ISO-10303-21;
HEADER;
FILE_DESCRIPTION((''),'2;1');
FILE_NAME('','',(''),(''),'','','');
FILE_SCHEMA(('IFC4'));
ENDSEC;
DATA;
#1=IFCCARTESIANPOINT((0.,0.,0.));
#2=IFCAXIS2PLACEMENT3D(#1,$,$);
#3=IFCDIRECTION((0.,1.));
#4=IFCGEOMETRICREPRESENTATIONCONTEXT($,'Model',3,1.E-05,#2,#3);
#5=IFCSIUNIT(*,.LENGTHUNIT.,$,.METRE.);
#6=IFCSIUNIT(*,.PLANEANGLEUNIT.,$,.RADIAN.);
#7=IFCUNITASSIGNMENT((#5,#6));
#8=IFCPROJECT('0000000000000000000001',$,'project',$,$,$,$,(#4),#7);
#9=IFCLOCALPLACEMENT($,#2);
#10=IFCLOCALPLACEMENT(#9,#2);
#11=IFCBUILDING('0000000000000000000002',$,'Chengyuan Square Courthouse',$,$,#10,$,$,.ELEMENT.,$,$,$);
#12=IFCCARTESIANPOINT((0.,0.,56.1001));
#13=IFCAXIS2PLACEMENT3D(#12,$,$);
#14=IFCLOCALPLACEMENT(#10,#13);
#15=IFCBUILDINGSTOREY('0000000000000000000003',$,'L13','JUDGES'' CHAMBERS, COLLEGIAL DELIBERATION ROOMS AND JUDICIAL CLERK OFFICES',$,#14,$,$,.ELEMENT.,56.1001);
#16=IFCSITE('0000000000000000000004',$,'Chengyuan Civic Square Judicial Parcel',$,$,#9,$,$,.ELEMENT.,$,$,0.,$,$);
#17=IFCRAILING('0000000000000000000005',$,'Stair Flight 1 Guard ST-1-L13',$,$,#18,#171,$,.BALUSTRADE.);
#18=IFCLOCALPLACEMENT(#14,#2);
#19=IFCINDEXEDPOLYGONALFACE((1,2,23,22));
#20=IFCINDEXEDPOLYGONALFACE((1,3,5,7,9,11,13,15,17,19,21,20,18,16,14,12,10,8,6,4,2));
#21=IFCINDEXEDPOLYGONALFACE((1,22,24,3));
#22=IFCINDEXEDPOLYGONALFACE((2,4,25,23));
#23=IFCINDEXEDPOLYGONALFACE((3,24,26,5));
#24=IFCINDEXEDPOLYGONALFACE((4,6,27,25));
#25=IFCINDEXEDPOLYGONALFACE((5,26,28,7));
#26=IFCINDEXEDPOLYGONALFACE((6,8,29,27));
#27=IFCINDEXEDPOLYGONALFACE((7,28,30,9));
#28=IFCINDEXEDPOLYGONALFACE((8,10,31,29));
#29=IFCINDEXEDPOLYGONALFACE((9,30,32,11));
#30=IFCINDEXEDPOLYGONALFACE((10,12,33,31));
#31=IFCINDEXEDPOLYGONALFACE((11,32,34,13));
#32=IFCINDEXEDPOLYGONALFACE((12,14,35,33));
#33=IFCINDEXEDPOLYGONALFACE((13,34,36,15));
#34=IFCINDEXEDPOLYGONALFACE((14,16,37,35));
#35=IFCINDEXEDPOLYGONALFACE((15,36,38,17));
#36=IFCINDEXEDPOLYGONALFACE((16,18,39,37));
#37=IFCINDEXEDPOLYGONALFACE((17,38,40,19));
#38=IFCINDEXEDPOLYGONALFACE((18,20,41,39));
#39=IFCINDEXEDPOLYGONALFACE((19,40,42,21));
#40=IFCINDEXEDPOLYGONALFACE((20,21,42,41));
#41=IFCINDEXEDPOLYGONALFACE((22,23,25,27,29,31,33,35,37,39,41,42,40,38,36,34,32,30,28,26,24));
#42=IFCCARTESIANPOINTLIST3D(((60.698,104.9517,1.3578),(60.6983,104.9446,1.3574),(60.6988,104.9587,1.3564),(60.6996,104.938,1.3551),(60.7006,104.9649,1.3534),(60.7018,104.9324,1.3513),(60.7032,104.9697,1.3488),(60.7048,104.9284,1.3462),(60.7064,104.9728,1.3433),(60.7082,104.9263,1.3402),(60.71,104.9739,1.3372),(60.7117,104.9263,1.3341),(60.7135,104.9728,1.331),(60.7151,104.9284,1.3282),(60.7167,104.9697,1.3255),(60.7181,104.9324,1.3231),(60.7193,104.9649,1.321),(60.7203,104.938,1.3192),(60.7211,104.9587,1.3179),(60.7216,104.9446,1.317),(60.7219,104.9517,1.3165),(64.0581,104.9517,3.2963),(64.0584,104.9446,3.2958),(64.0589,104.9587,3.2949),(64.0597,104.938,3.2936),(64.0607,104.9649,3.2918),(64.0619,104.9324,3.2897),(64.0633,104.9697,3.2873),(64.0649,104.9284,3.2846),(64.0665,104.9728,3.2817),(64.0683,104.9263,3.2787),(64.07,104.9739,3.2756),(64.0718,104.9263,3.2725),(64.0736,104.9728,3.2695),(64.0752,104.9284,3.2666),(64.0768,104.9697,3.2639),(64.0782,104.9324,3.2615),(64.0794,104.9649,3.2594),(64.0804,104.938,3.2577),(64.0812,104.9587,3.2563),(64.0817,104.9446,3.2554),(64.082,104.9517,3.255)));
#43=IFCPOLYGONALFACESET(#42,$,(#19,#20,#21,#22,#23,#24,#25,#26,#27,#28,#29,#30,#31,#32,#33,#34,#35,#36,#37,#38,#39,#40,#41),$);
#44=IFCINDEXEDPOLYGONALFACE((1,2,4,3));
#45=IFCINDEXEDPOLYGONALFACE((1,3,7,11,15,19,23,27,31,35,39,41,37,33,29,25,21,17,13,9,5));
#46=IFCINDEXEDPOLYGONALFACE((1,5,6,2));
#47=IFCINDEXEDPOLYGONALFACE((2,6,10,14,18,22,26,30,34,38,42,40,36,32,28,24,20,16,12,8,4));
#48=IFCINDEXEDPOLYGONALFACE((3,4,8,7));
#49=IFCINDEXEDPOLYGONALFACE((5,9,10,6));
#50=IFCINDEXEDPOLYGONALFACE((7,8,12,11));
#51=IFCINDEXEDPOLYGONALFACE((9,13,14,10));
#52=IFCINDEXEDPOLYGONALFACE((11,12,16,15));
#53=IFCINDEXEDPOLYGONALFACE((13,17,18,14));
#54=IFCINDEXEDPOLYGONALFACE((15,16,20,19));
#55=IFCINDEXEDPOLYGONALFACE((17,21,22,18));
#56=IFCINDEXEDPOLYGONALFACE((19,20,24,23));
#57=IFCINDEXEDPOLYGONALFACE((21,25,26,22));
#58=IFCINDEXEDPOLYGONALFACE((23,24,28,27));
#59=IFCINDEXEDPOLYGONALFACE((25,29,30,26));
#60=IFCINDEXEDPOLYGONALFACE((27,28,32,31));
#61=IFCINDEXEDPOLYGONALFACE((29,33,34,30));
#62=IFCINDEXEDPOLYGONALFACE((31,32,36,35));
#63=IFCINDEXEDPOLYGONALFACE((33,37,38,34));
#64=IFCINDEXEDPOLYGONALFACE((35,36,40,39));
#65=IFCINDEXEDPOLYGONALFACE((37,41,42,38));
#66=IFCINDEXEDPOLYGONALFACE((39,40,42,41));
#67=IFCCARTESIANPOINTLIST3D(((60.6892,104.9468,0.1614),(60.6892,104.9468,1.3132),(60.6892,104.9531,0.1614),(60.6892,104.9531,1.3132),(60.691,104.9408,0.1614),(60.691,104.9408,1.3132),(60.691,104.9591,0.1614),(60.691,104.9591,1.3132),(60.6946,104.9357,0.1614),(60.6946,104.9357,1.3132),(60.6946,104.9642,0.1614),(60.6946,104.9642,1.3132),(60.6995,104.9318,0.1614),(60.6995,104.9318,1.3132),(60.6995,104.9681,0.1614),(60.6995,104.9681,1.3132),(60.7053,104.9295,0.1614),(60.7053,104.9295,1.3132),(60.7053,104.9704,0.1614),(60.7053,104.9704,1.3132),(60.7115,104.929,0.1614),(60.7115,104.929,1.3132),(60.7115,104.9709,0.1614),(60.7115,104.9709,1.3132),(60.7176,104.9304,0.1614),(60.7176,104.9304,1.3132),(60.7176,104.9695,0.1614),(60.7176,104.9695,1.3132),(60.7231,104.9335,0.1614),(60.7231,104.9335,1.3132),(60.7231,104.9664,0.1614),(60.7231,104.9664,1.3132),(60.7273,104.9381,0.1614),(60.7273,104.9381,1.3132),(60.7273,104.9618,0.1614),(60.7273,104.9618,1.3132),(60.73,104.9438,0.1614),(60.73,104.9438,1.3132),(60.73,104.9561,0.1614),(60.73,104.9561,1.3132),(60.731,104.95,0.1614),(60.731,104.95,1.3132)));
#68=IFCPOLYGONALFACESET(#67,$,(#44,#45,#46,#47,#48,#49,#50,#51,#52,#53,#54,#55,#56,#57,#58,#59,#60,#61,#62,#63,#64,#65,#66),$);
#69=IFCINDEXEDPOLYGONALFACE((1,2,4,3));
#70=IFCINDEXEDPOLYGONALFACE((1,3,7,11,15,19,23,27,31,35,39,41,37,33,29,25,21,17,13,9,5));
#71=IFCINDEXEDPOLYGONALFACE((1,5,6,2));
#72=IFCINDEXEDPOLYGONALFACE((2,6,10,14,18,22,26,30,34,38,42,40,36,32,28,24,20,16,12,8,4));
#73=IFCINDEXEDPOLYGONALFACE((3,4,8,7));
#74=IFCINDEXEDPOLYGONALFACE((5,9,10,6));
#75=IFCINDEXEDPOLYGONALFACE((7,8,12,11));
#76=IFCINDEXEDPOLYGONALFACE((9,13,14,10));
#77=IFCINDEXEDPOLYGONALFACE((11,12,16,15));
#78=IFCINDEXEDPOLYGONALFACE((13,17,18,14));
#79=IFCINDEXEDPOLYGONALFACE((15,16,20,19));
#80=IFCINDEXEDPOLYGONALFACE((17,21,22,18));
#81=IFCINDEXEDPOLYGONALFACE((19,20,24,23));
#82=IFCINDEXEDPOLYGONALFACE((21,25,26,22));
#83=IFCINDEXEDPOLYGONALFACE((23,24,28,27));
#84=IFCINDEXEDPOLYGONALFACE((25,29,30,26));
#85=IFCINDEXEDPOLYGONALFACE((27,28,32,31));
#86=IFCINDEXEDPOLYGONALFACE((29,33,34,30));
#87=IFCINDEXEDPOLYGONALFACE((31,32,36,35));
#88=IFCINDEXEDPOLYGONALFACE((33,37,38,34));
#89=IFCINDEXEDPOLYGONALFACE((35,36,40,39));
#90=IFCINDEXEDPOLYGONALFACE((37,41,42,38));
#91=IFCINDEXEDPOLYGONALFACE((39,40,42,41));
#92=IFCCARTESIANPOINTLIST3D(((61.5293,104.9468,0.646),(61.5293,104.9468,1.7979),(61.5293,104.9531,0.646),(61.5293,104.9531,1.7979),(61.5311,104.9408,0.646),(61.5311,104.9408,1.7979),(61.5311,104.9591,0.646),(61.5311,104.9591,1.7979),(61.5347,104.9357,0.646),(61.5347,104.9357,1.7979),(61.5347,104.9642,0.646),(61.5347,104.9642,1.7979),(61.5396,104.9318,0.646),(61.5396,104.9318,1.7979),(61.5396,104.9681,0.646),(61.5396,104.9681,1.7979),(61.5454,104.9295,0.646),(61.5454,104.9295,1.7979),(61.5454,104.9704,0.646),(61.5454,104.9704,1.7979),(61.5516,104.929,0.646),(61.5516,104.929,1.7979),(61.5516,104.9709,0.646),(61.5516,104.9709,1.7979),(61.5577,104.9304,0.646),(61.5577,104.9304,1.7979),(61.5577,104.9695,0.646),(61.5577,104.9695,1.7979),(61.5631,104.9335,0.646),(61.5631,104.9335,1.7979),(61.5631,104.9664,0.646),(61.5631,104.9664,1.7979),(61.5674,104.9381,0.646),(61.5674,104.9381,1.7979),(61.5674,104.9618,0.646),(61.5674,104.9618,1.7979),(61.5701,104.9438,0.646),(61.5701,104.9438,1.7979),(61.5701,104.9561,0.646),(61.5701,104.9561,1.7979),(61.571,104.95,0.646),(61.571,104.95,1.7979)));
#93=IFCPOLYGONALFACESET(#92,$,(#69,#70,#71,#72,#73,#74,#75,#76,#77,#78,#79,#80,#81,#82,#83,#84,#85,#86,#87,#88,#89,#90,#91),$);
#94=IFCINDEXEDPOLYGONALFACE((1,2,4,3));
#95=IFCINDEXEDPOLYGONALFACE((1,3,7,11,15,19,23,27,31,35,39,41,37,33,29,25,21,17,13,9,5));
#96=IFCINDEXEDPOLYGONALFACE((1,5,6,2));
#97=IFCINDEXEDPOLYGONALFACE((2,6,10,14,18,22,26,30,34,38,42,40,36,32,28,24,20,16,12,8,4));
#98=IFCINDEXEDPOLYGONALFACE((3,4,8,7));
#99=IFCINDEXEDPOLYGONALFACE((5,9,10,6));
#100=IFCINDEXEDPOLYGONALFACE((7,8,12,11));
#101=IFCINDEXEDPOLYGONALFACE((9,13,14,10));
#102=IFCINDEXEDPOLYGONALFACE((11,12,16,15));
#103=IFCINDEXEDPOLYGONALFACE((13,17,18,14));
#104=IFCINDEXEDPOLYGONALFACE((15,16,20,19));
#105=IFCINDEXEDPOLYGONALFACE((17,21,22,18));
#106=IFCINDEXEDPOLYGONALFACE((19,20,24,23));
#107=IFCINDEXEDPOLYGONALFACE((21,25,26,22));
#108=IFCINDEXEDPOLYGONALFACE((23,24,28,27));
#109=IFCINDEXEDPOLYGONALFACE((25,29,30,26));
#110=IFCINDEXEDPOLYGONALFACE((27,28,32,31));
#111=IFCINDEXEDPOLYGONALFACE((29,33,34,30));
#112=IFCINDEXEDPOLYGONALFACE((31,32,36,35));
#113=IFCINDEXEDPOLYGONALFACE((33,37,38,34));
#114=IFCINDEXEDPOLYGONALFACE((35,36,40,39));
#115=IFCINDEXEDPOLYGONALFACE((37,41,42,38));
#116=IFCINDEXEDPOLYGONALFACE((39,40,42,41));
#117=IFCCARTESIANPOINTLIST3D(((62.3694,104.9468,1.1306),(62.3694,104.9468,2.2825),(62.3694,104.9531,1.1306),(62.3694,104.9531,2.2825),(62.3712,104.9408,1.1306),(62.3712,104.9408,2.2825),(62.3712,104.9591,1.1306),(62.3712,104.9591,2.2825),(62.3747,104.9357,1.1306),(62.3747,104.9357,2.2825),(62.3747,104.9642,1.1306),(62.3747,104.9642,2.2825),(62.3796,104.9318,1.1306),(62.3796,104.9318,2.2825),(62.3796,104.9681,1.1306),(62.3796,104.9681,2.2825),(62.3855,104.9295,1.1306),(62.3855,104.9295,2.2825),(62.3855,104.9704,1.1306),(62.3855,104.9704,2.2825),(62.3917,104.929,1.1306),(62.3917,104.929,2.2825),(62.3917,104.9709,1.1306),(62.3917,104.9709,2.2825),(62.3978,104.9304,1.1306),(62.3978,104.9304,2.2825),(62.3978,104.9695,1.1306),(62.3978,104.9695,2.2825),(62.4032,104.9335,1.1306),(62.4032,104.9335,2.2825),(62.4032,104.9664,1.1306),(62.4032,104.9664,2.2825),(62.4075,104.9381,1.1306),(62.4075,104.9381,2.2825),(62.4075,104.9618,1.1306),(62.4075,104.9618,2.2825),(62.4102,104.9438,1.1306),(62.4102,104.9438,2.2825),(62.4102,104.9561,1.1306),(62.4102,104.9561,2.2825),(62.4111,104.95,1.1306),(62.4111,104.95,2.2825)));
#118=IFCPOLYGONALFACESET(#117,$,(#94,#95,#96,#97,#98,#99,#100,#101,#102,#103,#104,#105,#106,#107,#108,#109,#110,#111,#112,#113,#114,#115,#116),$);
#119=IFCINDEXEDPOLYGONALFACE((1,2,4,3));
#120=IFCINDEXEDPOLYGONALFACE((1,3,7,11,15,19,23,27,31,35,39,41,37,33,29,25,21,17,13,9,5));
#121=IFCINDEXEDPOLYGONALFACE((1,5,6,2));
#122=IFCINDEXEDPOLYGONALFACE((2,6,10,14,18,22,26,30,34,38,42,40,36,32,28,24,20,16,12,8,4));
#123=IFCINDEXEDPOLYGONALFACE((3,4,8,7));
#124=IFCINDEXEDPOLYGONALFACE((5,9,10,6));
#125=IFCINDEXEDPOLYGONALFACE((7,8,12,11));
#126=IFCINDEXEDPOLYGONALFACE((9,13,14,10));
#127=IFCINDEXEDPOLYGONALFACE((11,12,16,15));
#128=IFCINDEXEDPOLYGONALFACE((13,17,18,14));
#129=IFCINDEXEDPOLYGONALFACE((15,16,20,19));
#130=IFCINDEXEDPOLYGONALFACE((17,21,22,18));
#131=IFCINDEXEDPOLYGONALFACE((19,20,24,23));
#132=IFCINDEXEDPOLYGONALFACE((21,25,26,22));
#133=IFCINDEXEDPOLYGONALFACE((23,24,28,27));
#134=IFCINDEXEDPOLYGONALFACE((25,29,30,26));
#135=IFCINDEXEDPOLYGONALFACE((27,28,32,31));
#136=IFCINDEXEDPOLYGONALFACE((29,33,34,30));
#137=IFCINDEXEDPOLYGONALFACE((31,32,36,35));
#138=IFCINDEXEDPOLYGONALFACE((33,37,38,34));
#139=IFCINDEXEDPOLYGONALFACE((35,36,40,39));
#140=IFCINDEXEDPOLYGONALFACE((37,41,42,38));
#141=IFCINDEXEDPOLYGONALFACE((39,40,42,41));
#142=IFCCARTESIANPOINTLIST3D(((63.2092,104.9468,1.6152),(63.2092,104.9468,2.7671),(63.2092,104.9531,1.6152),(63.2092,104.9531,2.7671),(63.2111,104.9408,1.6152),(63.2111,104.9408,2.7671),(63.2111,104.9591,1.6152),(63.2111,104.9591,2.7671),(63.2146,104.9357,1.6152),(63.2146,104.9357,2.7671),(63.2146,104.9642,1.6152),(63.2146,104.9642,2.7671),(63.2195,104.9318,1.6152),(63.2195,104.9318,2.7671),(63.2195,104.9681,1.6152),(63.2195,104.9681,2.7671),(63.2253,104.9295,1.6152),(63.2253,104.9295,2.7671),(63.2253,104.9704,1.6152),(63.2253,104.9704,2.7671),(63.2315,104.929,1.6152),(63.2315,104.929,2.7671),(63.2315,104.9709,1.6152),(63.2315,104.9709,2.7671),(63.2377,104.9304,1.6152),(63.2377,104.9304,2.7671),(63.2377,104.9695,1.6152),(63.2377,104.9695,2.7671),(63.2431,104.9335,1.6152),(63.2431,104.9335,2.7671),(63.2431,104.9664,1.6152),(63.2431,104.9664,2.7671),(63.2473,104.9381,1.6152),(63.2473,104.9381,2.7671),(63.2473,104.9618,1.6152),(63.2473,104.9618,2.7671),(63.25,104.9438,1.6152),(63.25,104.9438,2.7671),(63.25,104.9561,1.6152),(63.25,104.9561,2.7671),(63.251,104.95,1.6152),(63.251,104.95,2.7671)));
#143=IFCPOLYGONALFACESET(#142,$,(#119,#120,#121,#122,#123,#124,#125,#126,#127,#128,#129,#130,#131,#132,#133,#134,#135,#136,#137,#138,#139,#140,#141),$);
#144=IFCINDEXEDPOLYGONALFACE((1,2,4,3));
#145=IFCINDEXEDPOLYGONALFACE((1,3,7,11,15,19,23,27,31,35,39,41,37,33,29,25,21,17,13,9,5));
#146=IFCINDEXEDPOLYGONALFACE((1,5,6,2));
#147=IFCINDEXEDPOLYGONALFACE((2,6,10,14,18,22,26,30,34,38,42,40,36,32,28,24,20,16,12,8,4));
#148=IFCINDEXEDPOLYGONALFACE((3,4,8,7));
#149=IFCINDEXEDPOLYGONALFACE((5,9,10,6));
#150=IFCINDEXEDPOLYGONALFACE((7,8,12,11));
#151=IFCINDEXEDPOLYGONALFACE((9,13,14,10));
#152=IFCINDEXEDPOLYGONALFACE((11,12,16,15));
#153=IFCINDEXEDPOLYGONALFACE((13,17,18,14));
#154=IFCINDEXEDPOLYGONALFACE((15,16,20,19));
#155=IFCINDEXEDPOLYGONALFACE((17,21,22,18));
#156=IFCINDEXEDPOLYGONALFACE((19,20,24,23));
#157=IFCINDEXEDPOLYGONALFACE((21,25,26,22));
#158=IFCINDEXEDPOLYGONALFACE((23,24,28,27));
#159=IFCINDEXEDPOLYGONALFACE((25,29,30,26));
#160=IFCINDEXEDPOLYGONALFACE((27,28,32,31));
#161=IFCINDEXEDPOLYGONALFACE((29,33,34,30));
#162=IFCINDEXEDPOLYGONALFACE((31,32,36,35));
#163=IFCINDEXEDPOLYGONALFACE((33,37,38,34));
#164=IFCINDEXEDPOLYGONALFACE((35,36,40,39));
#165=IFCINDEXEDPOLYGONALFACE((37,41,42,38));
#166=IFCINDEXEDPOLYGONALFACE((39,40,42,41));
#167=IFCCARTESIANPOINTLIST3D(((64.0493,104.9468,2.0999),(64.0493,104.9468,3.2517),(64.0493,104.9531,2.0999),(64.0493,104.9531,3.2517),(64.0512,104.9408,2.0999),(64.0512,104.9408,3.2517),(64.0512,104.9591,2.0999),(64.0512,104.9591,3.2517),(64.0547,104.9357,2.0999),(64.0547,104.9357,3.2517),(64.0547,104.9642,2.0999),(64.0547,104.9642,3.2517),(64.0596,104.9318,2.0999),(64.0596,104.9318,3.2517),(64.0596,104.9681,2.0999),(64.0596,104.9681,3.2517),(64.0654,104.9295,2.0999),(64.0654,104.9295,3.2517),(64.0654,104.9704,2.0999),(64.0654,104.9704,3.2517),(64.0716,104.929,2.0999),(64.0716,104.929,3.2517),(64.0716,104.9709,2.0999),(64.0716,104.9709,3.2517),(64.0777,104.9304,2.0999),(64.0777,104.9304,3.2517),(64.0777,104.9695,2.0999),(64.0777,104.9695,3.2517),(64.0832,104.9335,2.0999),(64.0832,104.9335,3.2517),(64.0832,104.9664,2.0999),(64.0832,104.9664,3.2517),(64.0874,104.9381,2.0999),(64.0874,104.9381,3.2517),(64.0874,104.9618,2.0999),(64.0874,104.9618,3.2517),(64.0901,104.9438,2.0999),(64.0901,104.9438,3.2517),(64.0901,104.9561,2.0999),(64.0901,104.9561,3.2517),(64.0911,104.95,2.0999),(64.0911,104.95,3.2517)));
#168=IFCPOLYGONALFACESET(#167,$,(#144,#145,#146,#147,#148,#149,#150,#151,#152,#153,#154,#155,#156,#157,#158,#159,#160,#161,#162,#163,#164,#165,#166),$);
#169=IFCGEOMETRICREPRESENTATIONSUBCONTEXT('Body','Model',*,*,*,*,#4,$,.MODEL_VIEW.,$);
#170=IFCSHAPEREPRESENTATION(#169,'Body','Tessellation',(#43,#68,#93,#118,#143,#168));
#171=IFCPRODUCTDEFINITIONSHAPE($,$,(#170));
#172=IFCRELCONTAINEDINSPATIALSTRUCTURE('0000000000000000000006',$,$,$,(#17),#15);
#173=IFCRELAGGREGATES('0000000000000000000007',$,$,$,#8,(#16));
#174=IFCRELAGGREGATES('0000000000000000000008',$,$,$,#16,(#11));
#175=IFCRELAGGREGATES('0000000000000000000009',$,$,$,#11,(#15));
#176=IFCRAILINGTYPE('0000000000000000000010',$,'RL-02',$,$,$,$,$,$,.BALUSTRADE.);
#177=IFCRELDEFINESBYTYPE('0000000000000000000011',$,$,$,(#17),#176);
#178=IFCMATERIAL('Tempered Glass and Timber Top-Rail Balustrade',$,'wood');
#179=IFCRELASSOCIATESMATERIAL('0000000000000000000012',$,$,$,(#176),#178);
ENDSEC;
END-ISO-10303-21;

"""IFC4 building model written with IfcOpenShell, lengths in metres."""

from ifc_helpers import new_model, si_unit, direction, frame, origin, origin_2d, place, context, subcontext, project, spatial, circle, extrude, material, type_object, element, save


model = new_model("IFC4")

# Units and contexts
model_context = context("Model", 3, precision=1e-05, world=origin(), true_north=direction((0.0, 1.0)))
body_context = subcontext(model_context, "Body", "Model", "MODEL_VIEW")
ifc_project = project(units=[si_unit("LENGTHUNIT", "METRE"), si_unit("PLANEANGLEUNIT", "RADIAN")], contexts=[model_context])

# Site, building, storey
site_placement = place(None, origin())
site = spatial("IfcSite", under=ifc_project, at=site_placement, Name="Chengyuan Civic Square Judicial Parcel", CompositionType="ELEMENT", RefElevation=0.0)
building_placement = place(site_placement, origin())
building = spatial("IfcBuilding", under=site, at=building_placement, Name="Chengyuan Square Courthouse", CompositionType="ELEMENT")
storey_placement = place(building_placement, frame((0.0, 0.0, 56.1001)))
storey = spatial("IfcBuildingStorey", under=building, at=storey_placement, Name="L13", Description="JUDGES' CHAMBERS, COLLEGIAL DELIBERATION ROOMS AND JUDICIAL CLERK OFFICES", CompositionType="ELEMENT", Elevation=56.1001)

# Railing
ifc_material_1 = material(Name="Tempered Glass and Timber Top-Rail Balustrade", Category="wood")
railing_type_1 = type_object("IfcRailingType", Name="RL-02", PredefinedType="BALUSTRADE", material=ifc_material_1)
railing_1_placement = place(storey_placement, frame((60.71, 104.95, 0.1614)))
element("IfcRailing", 1, at=railing_1_placement, inside=storey, type_object=railing_type_1, Name="Stair Flight 1 Guard ST-1-L13", PredefinedType="BALUSTRADE", context=body_context, shape_type="SweptSolid", body=[
    extrude(circle(Radius=0.0239, at=origin_2d()), frame((0.0, 0.0, 1.1758), z_axis=(0.866191, 0.0, 0.499713), x_axis=(0.0, 1.0, 0.0)), (0.0, 0.0, 1.0), 3.8792),
    extrude(circle(Radius=0.021, at=origin_2d()), origin(), (0.0, 0.0, 1.0), 1.1519),
    extrude(circle(Radius=0.021, at=origin_2d()), frame((0.8401, 0.0, 0.4846)), (0.0, 0.0, 1.0), 1.1519),
    extrude(circle(Radius=0.021, at=origin_2d()), frame((1.6802, 0.0, 0.9692)), (0.0, 0.0, 1.0), 1.1519),
    extrude(circle(Radius=0.021, at=origin_2d()), frame((2.52, 0.0, 1.4539)), (0.0, 0.0, 1.0), 1.1519),
    extrude(circle(Radius=0.021, at=origin_2d()), frame((3.3601, 0.0, 1.9385)), (0.0, 0.0, 1.0), 1.1519),
])

save(model, "model.ifc")
